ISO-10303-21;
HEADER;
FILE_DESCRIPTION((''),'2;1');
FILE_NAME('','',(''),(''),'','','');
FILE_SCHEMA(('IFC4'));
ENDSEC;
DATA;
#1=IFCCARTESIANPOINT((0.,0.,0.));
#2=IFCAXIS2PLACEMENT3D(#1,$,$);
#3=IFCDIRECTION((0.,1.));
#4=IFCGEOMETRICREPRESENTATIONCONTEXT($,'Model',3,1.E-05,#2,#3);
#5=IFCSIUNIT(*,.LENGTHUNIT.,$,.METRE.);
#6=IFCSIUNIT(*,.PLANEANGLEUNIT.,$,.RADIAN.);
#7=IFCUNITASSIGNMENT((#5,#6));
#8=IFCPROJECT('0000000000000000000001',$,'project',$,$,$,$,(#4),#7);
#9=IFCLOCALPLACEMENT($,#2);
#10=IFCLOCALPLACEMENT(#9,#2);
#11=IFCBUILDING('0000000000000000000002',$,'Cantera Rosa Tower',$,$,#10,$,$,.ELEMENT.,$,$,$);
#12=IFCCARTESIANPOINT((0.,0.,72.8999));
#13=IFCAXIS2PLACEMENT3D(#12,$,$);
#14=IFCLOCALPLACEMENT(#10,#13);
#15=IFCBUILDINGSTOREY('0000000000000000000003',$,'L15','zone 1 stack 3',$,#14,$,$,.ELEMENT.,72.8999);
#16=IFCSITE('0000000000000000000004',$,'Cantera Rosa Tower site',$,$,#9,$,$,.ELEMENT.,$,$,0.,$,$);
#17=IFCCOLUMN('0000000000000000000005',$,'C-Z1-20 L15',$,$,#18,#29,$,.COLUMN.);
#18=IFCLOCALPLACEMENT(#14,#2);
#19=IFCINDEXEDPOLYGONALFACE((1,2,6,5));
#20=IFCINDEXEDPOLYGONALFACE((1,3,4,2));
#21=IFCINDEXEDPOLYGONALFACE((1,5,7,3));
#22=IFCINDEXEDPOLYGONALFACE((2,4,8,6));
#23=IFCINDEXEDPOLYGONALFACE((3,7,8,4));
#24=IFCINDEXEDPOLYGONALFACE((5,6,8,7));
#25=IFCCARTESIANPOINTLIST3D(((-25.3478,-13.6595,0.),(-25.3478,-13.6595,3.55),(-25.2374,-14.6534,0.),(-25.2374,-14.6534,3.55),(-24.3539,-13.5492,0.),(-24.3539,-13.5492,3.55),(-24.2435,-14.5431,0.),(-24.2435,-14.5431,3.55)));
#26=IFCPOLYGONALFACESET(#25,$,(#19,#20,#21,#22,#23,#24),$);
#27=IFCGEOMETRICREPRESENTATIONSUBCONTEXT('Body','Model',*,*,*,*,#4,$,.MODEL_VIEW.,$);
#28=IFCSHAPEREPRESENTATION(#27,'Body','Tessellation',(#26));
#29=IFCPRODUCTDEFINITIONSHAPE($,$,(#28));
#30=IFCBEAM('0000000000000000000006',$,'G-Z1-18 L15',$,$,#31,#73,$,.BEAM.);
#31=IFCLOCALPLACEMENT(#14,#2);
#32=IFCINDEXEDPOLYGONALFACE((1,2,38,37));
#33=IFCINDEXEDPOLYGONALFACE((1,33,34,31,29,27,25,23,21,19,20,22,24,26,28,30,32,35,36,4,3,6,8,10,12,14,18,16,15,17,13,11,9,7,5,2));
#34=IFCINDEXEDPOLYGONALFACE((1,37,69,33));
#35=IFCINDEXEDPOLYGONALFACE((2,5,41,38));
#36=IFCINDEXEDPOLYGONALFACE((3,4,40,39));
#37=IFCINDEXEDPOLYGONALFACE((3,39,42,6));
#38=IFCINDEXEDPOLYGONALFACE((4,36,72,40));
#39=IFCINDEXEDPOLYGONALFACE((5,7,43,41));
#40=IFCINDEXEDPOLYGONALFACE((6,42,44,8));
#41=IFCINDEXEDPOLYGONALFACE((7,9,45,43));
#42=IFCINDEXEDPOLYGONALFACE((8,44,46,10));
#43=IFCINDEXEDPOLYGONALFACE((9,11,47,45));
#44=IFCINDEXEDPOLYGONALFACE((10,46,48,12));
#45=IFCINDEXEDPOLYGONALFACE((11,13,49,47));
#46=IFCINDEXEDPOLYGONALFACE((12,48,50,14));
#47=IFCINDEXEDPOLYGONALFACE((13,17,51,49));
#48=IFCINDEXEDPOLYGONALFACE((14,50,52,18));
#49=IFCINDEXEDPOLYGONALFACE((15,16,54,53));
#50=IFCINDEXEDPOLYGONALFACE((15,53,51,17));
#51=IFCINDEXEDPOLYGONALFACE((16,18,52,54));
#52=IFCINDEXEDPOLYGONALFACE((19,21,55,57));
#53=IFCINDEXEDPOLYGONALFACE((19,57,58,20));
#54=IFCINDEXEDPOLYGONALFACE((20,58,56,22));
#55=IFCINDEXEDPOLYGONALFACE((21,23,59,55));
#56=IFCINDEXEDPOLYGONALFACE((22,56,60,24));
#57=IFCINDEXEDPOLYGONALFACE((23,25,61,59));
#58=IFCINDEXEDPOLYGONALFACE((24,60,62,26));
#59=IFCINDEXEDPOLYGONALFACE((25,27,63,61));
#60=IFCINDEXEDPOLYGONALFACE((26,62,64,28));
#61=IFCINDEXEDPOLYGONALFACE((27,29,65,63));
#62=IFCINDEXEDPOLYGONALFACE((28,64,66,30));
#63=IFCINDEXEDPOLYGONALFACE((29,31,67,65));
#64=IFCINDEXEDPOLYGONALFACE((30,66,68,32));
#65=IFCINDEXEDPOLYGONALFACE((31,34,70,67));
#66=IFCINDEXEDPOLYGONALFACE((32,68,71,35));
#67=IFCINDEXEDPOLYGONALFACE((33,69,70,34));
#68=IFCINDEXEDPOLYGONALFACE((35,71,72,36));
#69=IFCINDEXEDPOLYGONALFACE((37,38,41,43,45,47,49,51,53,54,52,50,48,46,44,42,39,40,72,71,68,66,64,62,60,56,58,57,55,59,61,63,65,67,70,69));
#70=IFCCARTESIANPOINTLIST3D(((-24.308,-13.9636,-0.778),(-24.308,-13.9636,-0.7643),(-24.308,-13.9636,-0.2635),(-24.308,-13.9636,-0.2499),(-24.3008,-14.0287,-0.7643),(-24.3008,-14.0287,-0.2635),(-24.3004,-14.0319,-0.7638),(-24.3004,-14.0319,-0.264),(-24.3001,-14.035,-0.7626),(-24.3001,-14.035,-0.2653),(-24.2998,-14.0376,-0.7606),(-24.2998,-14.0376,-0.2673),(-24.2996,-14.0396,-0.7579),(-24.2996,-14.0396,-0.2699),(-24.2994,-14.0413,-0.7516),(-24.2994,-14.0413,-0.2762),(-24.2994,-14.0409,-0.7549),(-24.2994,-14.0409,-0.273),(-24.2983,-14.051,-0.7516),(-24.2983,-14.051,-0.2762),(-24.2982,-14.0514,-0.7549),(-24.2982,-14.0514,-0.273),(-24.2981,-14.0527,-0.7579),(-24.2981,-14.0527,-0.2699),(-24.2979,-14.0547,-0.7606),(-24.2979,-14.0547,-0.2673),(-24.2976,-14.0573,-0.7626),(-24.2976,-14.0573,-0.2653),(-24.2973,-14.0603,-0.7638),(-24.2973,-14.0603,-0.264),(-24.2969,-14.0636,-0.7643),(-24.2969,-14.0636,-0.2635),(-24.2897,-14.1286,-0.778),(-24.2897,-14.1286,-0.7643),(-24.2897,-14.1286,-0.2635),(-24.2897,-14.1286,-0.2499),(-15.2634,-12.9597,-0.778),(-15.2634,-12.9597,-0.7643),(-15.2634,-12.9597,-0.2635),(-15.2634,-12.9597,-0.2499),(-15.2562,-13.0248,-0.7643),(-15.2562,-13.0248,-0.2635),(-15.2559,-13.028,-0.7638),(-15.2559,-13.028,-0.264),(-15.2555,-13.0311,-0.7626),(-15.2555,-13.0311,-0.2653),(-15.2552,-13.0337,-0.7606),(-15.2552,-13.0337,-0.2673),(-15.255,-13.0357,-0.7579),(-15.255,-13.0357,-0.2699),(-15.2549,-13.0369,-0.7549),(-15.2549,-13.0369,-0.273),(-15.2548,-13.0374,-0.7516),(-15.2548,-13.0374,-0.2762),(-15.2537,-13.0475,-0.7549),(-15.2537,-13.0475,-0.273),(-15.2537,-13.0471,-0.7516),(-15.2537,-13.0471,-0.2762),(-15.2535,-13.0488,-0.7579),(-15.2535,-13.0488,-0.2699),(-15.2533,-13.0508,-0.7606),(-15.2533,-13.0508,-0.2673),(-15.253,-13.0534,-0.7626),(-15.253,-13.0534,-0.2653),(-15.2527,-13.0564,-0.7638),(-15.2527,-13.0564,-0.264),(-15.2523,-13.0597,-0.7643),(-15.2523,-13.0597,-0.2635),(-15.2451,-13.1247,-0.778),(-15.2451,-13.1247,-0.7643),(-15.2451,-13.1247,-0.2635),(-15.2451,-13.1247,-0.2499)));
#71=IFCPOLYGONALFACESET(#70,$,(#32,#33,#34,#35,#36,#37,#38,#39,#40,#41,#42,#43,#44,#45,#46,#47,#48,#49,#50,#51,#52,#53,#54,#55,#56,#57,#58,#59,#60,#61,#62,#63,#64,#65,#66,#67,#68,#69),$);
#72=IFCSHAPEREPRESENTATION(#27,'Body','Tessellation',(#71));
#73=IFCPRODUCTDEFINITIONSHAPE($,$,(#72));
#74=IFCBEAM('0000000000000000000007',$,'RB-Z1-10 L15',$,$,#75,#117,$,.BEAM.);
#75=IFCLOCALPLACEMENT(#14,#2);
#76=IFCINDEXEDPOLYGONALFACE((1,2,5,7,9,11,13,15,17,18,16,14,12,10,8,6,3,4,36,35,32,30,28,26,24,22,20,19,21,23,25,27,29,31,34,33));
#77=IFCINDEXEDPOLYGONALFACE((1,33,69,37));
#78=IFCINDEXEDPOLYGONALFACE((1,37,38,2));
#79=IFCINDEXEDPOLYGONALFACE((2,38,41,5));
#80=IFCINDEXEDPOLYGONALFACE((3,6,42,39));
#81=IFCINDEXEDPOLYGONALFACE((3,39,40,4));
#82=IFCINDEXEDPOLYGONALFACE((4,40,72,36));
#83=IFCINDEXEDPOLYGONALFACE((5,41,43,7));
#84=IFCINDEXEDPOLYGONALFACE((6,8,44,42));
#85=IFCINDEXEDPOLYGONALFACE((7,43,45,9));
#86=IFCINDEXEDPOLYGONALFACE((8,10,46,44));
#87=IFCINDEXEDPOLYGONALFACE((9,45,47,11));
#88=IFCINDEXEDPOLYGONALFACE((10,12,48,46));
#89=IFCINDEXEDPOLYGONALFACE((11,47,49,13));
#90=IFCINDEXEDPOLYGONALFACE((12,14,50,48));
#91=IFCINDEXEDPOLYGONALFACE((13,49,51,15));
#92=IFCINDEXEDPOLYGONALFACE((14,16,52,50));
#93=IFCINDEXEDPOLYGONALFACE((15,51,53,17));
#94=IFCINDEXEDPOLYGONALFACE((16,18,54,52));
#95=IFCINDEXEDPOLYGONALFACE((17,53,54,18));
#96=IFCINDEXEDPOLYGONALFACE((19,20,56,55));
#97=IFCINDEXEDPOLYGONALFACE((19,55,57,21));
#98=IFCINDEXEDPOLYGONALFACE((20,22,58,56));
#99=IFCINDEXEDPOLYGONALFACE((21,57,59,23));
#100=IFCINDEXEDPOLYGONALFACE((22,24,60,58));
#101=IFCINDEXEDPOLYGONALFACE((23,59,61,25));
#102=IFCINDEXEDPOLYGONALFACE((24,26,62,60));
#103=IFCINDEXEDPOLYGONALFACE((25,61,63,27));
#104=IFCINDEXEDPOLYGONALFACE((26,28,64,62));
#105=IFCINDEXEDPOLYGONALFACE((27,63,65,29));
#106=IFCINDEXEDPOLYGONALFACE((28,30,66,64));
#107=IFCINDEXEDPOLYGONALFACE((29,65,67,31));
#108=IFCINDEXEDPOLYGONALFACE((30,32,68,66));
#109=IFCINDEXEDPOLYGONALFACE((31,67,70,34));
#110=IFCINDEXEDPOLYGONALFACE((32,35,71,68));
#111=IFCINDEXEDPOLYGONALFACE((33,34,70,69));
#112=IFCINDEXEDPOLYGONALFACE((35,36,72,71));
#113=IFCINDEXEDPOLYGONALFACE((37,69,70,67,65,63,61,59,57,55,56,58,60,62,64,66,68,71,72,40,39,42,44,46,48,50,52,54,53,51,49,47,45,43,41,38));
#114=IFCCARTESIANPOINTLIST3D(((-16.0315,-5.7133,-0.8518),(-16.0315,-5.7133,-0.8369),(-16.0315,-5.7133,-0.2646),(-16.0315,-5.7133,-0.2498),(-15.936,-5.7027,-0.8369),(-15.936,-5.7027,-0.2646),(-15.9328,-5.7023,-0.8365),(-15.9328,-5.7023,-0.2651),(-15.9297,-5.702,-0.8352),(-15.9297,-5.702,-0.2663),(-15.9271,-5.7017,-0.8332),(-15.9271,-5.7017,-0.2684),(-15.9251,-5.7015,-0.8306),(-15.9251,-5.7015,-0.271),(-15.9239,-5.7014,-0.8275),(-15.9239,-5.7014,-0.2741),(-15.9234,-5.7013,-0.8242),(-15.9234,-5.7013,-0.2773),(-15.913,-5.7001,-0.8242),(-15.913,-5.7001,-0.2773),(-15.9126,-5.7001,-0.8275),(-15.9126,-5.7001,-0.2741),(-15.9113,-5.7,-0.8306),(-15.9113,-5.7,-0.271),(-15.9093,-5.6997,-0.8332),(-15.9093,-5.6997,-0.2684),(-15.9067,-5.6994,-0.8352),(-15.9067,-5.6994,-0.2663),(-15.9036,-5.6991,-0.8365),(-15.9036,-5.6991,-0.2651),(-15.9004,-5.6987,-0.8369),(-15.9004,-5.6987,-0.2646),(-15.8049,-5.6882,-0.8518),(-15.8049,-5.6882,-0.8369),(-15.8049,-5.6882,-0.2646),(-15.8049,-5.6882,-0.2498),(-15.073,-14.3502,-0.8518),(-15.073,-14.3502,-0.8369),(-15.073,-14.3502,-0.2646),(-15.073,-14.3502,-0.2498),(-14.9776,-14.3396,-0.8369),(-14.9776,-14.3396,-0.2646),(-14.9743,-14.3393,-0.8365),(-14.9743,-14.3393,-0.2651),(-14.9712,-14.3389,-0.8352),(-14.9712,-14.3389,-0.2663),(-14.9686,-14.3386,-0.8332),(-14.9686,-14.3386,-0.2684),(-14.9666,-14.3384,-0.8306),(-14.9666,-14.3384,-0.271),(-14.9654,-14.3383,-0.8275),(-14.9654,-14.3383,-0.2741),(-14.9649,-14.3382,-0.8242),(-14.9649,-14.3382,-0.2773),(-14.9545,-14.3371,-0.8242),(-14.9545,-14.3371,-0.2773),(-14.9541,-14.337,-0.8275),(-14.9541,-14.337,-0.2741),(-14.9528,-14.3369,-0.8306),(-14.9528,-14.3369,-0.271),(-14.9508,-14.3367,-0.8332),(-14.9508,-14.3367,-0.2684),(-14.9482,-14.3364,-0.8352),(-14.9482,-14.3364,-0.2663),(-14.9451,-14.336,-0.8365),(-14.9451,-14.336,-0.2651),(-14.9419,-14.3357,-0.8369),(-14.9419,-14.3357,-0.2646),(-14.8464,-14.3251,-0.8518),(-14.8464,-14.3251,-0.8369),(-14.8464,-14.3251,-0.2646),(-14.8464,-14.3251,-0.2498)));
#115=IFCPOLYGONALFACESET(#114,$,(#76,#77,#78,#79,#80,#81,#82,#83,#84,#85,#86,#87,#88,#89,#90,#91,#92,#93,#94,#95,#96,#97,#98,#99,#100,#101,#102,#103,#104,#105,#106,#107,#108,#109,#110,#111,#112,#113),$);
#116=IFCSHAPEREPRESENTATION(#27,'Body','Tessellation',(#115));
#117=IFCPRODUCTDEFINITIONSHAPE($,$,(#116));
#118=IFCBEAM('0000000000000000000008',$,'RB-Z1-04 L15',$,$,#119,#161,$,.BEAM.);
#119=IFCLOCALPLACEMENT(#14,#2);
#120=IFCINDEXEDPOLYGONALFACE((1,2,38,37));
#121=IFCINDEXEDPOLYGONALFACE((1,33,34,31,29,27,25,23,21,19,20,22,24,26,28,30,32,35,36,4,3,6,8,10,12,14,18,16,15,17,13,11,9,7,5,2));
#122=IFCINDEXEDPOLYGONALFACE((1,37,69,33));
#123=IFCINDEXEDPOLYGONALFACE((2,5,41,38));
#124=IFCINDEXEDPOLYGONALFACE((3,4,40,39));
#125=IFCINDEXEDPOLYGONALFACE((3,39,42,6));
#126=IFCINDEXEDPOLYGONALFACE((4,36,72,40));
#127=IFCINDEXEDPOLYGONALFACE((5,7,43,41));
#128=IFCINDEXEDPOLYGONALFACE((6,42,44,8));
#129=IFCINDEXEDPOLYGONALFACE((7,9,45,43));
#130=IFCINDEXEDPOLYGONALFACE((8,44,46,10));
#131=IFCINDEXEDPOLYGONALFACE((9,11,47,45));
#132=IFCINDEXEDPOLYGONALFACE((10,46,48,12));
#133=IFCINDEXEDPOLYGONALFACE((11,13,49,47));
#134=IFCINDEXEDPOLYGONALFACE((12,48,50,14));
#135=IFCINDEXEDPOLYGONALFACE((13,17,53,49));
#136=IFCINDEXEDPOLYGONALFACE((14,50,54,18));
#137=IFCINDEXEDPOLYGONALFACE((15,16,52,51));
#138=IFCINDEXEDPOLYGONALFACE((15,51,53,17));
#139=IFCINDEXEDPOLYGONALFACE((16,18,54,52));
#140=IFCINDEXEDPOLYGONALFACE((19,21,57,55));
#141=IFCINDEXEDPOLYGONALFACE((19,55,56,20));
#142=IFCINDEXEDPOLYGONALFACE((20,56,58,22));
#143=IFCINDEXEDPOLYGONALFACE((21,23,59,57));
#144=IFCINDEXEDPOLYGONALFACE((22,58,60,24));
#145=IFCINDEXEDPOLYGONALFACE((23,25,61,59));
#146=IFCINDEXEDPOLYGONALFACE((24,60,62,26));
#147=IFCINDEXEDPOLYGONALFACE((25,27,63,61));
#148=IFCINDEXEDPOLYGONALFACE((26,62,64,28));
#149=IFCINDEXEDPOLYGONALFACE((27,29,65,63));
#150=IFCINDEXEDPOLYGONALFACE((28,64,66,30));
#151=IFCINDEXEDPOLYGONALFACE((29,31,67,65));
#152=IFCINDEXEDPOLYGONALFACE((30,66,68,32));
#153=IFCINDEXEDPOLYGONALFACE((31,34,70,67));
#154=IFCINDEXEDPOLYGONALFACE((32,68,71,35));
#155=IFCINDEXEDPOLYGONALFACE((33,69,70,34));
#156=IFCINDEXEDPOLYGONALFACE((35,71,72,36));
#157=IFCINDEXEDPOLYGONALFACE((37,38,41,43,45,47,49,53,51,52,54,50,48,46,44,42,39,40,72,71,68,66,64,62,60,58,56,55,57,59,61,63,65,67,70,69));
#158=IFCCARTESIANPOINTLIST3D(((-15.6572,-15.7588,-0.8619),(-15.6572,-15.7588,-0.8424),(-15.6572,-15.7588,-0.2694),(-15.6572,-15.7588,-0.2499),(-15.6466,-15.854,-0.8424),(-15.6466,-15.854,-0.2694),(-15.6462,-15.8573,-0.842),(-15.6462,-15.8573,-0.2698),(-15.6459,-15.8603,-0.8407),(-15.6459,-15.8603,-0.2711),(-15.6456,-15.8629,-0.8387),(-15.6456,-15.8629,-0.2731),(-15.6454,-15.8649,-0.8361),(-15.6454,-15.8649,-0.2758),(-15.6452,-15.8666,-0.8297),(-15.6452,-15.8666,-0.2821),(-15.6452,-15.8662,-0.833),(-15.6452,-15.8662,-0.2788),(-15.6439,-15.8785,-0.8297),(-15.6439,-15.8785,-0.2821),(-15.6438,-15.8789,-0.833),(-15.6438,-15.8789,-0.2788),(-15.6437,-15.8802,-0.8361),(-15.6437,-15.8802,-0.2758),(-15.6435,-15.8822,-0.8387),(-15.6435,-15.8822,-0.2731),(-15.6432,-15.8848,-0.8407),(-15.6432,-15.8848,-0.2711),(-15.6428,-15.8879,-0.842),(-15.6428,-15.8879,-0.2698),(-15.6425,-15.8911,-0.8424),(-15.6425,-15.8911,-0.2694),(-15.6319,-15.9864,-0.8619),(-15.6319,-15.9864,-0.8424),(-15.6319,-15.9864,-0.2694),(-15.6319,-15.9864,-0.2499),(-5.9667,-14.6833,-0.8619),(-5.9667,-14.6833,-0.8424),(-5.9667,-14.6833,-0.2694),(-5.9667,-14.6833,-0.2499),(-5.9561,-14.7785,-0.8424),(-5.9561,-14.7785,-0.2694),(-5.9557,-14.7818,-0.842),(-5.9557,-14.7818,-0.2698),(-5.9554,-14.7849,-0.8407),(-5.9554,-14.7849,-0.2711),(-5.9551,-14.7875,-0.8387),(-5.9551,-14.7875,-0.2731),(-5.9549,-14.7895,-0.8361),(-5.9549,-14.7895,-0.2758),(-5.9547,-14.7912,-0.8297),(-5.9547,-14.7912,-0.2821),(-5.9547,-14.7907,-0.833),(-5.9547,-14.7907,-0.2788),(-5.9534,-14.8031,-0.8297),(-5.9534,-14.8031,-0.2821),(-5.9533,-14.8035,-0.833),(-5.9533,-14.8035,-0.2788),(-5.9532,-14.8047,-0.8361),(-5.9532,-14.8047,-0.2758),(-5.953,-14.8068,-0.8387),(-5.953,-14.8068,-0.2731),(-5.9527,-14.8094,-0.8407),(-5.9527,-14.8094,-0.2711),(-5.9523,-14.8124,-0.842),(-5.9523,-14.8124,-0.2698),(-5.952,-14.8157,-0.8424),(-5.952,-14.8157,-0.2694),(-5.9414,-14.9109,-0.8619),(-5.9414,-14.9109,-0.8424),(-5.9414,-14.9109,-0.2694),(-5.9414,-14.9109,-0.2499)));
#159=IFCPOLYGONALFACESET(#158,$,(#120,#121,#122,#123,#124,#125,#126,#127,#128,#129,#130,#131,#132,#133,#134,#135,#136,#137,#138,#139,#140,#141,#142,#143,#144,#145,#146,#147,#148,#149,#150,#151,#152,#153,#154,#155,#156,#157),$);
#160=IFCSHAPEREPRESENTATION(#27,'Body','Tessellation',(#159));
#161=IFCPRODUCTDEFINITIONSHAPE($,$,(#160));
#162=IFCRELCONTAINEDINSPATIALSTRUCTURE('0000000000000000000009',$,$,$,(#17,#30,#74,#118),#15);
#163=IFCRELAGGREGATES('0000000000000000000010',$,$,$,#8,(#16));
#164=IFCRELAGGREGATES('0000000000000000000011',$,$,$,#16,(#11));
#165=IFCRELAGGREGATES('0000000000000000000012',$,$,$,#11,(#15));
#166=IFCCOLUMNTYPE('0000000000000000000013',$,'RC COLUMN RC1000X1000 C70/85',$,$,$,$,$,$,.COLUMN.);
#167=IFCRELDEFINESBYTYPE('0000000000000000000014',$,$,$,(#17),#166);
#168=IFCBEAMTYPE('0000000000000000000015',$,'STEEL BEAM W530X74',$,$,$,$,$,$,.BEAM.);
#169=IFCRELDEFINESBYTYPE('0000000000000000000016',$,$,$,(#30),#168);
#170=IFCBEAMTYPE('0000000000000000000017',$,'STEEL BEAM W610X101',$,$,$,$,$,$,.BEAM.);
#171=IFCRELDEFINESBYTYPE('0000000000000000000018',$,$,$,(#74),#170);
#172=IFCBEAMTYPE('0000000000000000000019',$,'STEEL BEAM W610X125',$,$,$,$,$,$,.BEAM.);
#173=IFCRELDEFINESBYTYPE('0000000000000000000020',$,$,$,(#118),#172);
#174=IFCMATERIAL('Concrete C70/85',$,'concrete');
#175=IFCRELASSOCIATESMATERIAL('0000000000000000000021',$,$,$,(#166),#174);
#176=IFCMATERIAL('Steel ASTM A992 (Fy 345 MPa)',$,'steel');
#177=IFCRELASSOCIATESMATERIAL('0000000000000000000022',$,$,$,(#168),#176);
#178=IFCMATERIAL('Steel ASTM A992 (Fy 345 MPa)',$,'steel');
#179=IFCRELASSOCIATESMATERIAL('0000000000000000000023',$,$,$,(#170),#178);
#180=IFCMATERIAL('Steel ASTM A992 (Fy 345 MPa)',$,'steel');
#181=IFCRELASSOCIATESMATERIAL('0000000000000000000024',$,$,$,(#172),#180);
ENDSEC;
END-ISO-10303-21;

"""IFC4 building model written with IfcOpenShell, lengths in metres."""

from ifc_helpers import new_model, si_unit, direction, frame, origin, origin_2d, place, context, subcontext, project, spatial, rectangle, i_section, extrude, material, material_profile, profile_set, type_object, element, save


model = new_model("IFC4")

# Units and contexts
model_context = context("Model", 3, precision=1e-05, world=origin(), true_north=direction((0.0, 1.0)))
body_context = subcontext(model_context, "Body", "Model", "MODEL_VIEW")
ifc_project = project(units=[si_unit("LENGTHUNIT", "METRE"), si_unit("PLANEANGLEUNIT", "RADIAN")], contexts=[model_context])

# Site, building, storey
site_placement = place(None, origin())
site = spatial("IfcSite", under=ifc_project, at=site_placement, Name="Cantera Rosa Tower site", CompositionType="ELEMENT", RefElevation=0.0)
building_placement = place(site_placement, origin())
building = spatial("IfcBuilding", under=site, at=building_placement, Name="Cantera Rosa Tower", CompositionType="ELEMENT")
storey_placement = place(building_placement, frame((0.0, 0.0, 72.8999)))
storey = spatial("IfcBuildingStorey", under=building, at=storey_placement, Name="L15", Description="zone 1 stack 3", CompositionType="ELEMENT", Elevation=72.8999)

# Column
ifc_material_1 = material(Name="Concrete C70/85", Category="concrete")
ifc_material_profile_1 = material_profile(ifc_material_1, rectangle(XDim=1.0, YDim=1.0, at=origin_2d()), Name="RC COLUMN RC1000X1000 C70/85")
ifc_profile_set_1 = profile_set([ifc_material_profile_1], Name="Concrete C70/85")
column_type = type_object("IfcColumnType", Name="RC COLUMN RC1000X1000 C70/85", PredefinedType="COLUMN", material=ifc_profile_set_1)
column_placement = place(storey_placement, frame((-24.7957, -14.1013, 0.0), z_axis=(0.0, 0.0, 1.0), x_axis=(0.993897, 0.110313, 0.0)))
element("IfcColumn", 1, at=column_placement, inside=storey, type_object=column_type, Name="C-Z1-20 L15", PredefinedType="COLUMN", context=body_context, shape_type="SweptSolid", body=[
    extrude(rectangle(XDim=1.0, YDim=1.0, at=origin_2d()), origin(), (0.0, 0.0, 1.0), 3.55),
])

# Beams
ifc_material_2 = material(Name="Steel ASTM A992 (Fy 345 MPa)", Category="steel")
ifc_material_profile_2 = material_profile(ifc_material_2, i_section(OverallWidth=0.166, OverallDepth=0.5281, WebThickness=0.0098, FlangeThickness=0.0137, FilletRadius=0.0127, at=origin_2d()), Name="W530X74")
ifc_profile_set_2 = profile_set([ifc_material_profile_2], Name="Steel ASTM A992 (Fy 345 MPa)")
beam_type_1 = type_object("IfcBeamType", Name="STEEL BEAM W530X74", PredefinedType="BEAM", material=ifc_profile_set_2)
beam_1_placement = place(storey_placement, frame((-24.2988, -14.0461, -0.5139), z_axis=(0.993896, 0.11032, 0.0), x_axis=(-0.11032, 0.993896, 0.0)))
element("IfcBeam", 2, at=beam_1_placement, inside=storey, type_object=beam_type_1, Name="G-Z1-18 L15", PredefinedType="BEAM", context=body_context, shape_type="SweptSolid", body=[
    extrude(i_section(OverallWidth=0.166, OverallDepth=0.5281, WebThickness=0.0098, FlangeThickness=0.0137, FilletRadius=0.0127, at=origin_2d()), origin(), (0.0, 0.0, 1.0), 9.1001),
])
ifc_material_3 = material(Name="Steel ASTM A992 (Fy 345 MPa)", Category="steel")
ifc_material_profile_3 = material_profile(ifc_material_3, i_section(OverallWidth=0.228, OverallDepth=0.6021, WebThickness=0.0105, FlangeThickness=0.0149, FilletRadius=0.0127, at=origin_2d()), Name="W610X101")
ifc_profile_set_3 = profile_set([ifc_material_profile_3], Name="Steel ASTM A992 (Fy 345 MPa)")
beam_type_2 = type_object("IfcBeamType", Name="STEEL BEAM W610X101", PredefinedType="BEAM", material=ifc_profile_set_3)
beam_2_placement = place(storey_placement, frame((-14.9597, -14.3376, -0.5508), z_axis=(-0.110299, 0.993898, 0.0), x_axis=(-0.993898, -0.110299, 0.0)))
element("IfcBeam", 3, at=beam_2_placement, inside=storey, type_object=beam_type_2, Name="RB-Z1-10 L15", PredefinedType="BEAM", context=body_context, shape_type="SweptSolid", body=[
    extrude(i_section(OverallWidth=0.228, OverallDepth=0.6021, WebThickness=0.0105, FlangeThickness=0.0149, FilletRadius=0.0127, at=origin_2d()), origin(), (0.0, 0.0, 1.0), 8.6899),
])
ifc_material_4 = material(Name="Steel ASTM A992 (Fy 345 MPa)", Category="steel")
ifc_material_profile_4 = material_profile(ifc_material_4, i_section(OverallWidth=0.229, OverallDepth=0.6121, WebThickness=0.012, FlangeThickness=0.0195, FilletRadius=0.0127, at=origin_2d()), Name="W610X125")
ifc_profile_set_4 = profile_set([ifc_material_profile_4], Name="Steel ASTM A992 (Fy 345 MPa)")
beam_type_3 = type_object("IfcBeamType", Name="STEEL BEAM W610X125", PredefinedType="BEAM", material=ifc_profile_set_4)
beam_3_placement = place(storey_placement, frame((-15.6445, -15.8726, -0.5559), z_axis=(0.993898, 0.110302, 0.0), x_axis=(-0.110302, 0.993898, 0.0)))
element("IfcBeam", 4, at=beam_3_placement, inside=storey, type_object=beam_type_3, Name="RB-Z1-04 L15", PredefinedType="BEAM", context=body_context, shape_type="SweptSolid", body=[
    extrude(i_section(OverallWidth=0.229, OverallDepth=0.6121, WebThickness=0.012, FlangeThickness=0.0195, FilletRadius=0.0127, at=origin_2d()), origin(), (0.0, 0.0, 1.0), 9.75),
])

save(model, "model.ifc")
